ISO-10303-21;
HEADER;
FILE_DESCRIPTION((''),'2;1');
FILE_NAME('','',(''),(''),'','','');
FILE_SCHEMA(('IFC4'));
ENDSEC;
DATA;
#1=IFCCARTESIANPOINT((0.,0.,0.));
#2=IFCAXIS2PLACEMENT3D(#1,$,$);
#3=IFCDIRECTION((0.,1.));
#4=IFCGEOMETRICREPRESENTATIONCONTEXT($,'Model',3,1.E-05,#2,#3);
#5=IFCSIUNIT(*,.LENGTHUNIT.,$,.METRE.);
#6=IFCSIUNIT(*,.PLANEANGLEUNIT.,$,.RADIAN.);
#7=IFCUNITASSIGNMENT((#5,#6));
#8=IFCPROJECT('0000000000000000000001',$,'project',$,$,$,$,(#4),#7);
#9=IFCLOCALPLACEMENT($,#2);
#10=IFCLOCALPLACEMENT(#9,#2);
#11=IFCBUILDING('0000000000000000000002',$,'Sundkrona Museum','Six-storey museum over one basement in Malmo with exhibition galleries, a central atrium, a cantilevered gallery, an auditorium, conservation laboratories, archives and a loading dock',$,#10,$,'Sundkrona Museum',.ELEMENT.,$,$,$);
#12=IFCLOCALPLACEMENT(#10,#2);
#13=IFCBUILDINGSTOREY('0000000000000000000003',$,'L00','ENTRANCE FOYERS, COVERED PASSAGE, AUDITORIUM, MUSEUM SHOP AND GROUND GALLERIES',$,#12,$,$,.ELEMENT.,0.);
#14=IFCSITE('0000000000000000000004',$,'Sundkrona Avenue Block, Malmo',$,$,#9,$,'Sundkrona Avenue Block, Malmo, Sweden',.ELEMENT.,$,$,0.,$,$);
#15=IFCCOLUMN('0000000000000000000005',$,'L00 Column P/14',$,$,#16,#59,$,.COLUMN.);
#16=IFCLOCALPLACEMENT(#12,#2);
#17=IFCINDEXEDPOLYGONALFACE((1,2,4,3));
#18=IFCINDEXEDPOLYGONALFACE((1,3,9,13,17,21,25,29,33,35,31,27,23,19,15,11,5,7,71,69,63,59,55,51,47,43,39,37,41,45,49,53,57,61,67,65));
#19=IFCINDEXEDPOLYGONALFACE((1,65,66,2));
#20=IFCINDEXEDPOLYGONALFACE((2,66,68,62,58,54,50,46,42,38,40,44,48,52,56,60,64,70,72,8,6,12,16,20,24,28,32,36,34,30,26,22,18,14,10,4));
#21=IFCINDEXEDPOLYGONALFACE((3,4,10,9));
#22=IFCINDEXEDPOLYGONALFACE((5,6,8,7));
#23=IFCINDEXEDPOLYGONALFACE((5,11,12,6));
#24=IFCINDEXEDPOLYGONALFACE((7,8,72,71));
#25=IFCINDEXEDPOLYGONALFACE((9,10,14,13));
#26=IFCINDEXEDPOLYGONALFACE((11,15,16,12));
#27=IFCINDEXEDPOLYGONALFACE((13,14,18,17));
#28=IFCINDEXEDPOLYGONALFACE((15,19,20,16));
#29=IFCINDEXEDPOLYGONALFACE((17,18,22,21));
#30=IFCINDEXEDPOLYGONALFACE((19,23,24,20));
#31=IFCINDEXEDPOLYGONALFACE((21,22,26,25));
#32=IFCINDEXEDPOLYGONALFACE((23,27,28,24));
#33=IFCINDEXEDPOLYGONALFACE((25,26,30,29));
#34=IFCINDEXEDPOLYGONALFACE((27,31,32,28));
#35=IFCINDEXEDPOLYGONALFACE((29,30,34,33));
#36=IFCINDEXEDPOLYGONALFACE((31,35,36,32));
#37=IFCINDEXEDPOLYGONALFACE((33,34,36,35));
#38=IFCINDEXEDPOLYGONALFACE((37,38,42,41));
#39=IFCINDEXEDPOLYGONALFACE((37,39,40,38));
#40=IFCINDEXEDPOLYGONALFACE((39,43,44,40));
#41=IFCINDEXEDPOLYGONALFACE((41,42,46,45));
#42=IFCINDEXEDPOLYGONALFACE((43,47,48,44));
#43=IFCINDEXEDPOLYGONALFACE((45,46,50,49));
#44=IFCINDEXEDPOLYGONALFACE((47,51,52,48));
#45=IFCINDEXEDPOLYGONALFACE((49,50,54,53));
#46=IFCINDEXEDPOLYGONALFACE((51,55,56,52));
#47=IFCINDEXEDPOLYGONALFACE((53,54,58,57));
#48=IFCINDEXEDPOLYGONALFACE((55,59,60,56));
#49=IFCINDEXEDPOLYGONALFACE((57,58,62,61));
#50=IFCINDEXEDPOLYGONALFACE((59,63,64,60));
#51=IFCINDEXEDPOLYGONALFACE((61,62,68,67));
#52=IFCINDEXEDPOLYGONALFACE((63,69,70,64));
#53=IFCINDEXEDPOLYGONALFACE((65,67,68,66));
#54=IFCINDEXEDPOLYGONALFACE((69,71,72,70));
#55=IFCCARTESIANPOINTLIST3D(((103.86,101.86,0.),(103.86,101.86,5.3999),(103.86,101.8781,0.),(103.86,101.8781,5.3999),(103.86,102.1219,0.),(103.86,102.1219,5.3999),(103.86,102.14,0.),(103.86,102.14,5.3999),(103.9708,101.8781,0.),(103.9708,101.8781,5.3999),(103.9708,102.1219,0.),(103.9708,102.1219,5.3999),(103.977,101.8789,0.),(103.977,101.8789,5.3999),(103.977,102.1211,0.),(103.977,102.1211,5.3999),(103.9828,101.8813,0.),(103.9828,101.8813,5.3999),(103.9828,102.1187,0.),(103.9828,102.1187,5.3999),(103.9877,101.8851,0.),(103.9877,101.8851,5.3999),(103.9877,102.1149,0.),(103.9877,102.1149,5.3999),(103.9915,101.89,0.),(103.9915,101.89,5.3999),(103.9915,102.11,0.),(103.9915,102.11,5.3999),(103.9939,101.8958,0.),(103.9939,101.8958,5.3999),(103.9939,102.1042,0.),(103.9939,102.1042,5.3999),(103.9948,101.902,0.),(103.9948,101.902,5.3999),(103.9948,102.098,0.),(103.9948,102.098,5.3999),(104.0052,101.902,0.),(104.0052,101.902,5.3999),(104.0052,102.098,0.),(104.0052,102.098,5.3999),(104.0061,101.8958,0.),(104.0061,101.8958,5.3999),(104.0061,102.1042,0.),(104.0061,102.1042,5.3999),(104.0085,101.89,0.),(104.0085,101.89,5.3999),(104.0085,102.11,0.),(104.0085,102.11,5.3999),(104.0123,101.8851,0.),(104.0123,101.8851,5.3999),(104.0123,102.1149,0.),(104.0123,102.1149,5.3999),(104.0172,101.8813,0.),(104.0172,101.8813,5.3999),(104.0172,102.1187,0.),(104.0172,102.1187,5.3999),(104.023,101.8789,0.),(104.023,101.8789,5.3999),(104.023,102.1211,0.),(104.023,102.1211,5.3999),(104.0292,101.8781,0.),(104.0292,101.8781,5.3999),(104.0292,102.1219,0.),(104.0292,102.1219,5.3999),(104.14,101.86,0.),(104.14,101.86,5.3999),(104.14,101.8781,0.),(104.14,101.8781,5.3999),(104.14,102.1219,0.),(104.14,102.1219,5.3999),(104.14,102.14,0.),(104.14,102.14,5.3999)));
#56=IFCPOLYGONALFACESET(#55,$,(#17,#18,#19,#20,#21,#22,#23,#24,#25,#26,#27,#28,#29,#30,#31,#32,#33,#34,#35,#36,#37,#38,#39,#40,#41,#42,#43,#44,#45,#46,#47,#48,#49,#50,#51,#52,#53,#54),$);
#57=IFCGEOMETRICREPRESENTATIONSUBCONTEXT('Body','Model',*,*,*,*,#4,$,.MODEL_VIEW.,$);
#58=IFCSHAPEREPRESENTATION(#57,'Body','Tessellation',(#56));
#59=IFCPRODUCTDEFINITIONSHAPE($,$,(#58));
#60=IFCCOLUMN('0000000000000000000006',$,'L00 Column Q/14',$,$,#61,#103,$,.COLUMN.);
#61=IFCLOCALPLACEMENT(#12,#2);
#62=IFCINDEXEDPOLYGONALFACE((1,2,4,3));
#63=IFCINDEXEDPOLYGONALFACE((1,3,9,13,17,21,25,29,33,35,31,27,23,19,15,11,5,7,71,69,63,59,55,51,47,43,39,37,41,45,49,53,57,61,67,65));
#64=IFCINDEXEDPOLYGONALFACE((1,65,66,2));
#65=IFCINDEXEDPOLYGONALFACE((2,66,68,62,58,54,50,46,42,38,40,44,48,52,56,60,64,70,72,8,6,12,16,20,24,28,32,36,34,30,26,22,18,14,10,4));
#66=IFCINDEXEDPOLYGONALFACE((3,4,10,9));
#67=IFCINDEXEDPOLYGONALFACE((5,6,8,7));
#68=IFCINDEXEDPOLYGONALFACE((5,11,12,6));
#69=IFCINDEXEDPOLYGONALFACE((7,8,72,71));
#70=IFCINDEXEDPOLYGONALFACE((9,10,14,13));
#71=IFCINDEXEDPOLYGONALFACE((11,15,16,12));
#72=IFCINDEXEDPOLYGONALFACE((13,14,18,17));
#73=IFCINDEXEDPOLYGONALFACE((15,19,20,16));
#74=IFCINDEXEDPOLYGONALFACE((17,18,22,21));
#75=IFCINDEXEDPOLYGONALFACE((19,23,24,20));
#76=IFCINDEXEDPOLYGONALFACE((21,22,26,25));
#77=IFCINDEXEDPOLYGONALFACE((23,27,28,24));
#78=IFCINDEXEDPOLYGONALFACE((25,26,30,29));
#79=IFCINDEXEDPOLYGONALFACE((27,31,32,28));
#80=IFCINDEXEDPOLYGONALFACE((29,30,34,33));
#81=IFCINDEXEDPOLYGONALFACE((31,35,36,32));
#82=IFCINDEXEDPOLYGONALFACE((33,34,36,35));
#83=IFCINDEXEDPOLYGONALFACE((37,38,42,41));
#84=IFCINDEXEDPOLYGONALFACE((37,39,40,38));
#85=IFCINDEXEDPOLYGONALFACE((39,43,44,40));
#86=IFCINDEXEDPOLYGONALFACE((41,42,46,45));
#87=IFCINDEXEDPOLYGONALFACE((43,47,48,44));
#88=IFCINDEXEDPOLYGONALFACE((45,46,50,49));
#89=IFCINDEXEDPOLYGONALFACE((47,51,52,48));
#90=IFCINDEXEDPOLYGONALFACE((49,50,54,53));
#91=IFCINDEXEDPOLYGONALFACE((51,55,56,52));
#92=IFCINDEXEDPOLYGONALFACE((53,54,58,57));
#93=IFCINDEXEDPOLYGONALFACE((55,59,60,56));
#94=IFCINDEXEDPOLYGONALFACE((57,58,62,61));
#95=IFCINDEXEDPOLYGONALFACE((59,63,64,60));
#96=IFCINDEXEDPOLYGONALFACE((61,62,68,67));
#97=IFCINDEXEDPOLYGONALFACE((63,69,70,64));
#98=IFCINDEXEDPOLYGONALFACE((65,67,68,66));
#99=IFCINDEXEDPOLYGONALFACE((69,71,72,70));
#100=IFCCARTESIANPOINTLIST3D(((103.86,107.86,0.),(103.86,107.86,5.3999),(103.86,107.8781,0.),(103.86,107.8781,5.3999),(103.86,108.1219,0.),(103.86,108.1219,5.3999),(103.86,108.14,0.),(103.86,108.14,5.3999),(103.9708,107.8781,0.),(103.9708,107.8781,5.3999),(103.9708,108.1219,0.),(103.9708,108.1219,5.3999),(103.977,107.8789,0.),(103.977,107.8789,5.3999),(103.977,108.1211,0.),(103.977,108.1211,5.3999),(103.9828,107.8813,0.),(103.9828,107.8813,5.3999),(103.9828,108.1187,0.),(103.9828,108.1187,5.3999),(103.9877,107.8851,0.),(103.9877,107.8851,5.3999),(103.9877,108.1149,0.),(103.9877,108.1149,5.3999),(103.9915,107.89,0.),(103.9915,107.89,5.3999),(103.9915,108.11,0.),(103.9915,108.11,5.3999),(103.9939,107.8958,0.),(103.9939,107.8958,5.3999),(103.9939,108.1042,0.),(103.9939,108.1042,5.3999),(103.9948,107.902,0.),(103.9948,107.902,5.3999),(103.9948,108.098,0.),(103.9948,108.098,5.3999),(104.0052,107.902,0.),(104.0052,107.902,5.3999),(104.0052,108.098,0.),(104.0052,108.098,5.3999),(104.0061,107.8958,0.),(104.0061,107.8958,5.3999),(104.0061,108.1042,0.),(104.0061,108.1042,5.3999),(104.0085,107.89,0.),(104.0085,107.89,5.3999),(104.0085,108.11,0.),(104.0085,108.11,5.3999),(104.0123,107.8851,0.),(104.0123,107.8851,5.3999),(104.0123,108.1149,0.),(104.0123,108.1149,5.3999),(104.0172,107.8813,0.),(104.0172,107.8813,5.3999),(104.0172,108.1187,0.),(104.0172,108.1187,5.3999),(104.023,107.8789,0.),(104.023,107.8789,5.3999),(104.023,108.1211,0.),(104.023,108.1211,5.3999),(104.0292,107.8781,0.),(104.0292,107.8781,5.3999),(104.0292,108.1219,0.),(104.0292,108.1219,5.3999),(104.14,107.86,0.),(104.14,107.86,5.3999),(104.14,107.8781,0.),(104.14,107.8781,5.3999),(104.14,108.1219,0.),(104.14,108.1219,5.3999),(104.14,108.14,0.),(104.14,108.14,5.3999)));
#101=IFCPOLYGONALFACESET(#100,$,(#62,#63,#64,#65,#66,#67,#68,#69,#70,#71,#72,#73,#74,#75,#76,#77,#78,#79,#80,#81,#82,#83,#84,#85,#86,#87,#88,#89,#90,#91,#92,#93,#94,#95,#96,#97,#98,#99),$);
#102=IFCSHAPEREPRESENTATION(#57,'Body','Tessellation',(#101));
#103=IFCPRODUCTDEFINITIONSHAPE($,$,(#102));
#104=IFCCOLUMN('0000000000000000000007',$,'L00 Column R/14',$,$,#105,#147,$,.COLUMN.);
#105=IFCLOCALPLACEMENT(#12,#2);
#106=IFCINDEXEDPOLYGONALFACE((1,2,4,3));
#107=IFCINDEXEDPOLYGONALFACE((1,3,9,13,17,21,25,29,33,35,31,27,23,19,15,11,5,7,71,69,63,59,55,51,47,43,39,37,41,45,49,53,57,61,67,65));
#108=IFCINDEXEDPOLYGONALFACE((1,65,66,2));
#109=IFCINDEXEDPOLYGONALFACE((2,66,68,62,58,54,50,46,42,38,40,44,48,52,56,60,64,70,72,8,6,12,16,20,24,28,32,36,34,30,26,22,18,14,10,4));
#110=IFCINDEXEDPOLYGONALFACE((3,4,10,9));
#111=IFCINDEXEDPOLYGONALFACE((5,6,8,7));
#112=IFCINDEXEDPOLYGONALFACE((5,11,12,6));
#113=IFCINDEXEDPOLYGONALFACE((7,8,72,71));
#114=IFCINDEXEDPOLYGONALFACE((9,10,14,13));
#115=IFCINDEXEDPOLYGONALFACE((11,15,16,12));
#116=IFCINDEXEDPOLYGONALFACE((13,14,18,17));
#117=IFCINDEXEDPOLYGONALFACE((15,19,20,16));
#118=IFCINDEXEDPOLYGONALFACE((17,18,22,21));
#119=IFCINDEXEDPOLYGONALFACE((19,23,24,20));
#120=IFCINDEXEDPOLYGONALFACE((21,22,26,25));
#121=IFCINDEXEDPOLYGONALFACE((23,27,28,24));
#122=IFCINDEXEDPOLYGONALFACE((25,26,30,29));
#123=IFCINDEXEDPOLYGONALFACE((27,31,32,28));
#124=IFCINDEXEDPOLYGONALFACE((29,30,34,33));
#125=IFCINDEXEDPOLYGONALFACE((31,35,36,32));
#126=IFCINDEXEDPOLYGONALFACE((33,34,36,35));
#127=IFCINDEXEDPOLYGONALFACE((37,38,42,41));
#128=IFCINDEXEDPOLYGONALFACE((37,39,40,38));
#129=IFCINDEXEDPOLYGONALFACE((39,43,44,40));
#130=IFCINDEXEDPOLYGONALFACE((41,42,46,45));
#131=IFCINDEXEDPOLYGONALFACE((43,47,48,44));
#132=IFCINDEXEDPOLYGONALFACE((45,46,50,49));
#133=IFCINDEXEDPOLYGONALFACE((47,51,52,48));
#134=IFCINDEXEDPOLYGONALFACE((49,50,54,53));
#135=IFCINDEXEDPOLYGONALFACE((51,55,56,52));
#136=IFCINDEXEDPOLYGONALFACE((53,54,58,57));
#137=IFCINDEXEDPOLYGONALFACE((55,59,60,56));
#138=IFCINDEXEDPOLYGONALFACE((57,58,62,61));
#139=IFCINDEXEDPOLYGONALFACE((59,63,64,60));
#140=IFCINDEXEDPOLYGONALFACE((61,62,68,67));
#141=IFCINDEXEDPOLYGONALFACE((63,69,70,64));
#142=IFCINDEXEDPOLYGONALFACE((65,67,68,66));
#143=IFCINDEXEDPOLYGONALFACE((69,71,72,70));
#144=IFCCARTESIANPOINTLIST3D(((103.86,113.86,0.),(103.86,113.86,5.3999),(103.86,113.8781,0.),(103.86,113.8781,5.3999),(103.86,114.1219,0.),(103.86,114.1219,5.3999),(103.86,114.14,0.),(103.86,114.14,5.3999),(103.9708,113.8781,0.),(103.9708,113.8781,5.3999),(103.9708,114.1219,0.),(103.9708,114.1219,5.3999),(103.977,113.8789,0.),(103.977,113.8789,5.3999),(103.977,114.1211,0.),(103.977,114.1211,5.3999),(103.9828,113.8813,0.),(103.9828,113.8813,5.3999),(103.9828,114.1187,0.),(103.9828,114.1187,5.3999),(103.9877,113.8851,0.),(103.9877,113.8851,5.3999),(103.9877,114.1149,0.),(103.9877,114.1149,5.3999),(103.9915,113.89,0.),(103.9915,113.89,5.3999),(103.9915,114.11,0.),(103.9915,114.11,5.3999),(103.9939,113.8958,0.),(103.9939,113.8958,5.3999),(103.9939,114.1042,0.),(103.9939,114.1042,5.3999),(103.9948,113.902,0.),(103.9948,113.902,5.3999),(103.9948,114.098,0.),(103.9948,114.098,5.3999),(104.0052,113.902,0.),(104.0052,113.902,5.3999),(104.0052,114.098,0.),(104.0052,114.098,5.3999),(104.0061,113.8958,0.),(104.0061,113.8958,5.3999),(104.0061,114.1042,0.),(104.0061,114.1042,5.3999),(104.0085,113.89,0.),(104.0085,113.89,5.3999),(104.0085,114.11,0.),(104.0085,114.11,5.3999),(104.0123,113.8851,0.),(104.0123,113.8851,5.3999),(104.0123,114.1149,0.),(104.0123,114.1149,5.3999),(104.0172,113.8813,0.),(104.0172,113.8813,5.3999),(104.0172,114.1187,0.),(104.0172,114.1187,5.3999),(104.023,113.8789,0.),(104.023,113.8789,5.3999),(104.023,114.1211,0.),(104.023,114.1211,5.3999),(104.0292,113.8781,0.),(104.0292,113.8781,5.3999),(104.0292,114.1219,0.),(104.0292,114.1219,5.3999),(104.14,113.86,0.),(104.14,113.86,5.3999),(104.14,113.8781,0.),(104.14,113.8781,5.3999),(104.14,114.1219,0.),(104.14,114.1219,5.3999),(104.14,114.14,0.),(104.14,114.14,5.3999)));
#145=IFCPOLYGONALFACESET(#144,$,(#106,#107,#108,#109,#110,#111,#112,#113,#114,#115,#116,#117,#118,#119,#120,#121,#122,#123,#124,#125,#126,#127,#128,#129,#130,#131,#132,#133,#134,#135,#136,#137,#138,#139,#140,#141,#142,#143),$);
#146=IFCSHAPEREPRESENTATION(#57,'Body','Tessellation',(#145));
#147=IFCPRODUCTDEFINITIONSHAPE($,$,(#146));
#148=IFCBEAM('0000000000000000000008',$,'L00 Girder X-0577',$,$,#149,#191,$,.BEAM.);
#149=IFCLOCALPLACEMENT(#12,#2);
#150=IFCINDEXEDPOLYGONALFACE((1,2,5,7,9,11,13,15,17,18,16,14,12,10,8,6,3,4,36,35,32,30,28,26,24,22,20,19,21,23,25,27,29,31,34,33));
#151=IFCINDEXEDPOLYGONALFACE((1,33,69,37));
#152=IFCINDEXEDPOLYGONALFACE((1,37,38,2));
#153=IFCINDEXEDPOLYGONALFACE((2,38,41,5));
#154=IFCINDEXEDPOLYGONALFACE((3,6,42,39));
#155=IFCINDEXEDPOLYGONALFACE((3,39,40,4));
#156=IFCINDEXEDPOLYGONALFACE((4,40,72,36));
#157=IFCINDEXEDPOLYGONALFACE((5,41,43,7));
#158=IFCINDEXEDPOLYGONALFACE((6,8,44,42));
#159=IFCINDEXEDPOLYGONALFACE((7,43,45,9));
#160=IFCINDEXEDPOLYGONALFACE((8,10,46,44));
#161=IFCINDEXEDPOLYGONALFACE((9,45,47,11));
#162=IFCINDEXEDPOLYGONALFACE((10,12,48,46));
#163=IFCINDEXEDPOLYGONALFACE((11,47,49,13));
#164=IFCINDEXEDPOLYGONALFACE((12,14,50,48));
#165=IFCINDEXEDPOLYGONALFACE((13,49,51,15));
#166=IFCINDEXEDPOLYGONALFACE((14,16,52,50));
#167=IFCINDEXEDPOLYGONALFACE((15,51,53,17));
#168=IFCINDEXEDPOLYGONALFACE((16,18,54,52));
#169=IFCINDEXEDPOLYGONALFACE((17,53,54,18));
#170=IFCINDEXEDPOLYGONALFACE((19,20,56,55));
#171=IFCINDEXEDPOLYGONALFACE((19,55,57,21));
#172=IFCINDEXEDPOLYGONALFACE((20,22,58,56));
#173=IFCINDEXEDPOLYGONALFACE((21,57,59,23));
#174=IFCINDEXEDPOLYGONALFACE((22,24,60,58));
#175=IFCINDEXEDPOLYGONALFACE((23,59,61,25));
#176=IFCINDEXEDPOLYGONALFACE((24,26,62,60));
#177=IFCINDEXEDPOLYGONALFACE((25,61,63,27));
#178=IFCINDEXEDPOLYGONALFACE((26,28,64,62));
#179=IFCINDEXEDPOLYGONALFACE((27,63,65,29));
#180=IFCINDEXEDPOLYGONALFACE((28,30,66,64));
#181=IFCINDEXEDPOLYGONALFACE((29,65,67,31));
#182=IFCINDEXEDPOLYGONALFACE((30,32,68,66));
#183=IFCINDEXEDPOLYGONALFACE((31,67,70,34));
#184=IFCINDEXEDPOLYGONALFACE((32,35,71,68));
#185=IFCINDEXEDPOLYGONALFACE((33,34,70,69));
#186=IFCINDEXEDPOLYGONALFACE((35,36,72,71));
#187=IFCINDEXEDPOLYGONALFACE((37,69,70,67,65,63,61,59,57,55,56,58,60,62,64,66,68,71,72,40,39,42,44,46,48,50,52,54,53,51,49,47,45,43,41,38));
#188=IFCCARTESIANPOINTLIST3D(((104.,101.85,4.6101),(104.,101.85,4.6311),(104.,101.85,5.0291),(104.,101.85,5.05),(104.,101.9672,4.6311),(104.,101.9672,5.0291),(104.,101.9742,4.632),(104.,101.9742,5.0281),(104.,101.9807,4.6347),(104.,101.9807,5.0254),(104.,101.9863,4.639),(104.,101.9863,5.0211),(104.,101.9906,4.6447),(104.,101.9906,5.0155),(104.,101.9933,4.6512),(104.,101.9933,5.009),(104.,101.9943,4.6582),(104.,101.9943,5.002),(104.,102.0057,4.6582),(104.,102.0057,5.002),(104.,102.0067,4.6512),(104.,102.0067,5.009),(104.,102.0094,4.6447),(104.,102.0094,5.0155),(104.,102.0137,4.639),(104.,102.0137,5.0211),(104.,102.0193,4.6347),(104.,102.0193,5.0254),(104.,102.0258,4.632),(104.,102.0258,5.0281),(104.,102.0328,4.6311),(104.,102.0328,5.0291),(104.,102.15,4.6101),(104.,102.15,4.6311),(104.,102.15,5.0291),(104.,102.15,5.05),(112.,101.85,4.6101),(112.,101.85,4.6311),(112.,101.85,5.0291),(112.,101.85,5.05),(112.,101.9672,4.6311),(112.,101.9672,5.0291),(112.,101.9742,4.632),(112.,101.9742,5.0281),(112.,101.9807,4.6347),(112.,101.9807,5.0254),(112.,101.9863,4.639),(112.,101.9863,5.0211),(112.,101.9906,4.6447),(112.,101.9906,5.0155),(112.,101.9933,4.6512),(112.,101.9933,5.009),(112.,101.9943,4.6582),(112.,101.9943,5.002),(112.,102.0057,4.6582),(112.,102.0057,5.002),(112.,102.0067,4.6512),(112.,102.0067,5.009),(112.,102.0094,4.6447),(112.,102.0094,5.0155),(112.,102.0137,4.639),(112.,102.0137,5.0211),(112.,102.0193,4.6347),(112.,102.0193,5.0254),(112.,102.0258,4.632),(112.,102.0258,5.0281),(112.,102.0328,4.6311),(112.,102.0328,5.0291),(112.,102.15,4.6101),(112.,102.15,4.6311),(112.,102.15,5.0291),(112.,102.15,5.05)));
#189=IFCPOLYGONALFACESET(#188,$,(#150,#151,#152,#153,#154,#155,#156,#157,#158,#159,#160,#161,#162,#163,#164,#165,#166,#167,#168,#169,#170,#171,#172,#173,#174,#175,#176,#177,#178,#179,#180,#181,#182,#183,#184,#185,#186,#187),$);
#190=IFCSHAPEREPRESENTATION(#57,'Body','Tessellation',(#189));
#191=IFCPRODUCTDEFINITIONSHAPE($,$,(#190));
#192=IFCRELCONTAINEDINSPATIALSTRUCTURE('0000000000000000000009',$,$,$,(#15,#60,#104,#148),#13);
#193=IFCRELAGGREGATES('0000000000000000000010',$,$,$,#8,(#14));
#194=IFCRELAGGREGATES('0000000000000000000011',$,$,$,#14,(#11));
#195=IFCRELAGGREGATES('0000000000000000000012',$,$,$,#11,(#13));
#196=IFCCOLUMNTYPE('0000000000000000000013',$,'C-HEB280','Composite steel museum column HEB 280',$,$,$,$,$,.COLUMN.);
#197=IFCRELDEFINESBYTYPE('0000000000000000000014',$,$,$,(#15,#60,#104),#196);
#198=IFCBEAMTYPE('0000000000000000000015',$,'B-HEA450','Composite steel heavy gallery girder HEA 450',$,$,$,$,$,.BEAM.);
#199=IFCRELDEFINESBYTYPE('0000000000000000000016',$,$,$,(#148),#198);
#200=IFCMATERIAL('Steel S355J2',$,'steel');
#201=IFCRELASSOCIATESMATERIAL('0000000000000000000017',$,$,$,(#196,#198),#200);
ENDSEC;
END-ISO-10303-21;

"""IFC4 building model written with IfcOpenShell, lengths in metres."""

from ifc_helpers import new_model, si_unit, direction, frame, origin, origin_2d, place, context, subcontext, project, spatial, i_section, extrude, material, material_profile, profile_set, type_object, element, save


model = new_model("IFC4")

# Units and contexts
model_context = context("Model", 3, precision=1e-05, world=origin(), true_north=direction((0.0, 1.0)))
body_context = subcontext(model_context, "Body", "Model", "MODEL_VIEW")
ifc_project = project(units=[si_unit("LENGTHUNIT", "METRE"), si_unit("PLANEANGLEUNIT", "RADIAN")], contexts=[model_context])

# Site, building, storey
site_placement = place(None, origin())
site = spatial("IfcSite", under=ifc_project, at=site_placement, Name="Sundkrona Avenue Block, Malmo", LongName="Sundkrona Avenue Block, Malmo, Sweden", CompositionType="ELEMENT", RefElevation=0.0)
building_placement = place(site_placement, origin())
building = spatial("IfcBuilding", under=site, at=building_placement, Name="Sundkrona Museum", Description="Six-storey museum over one basement in Malmo with exhibition galleries, a central atrium, a cantilevered gallery, an auditorium, conservation laboratories, archives and a loading dock", LongName="Sundkrona Museum", CompositionType="ELEMENT")
storey_placement = place(building_placement, origin())
storey = spatial("IfcBuildingStorey", under=building, at=storey_placement, Name="L00", Description="ENTRANCE FOYERS, COVERED PASSAGE, AUDITORIUM, MUSEUM SHOP AND GROUND GALLERIES", CompositionType="ELEMENT", Elevation=0.0)

# Columns
ifc_material_1 = material(Name="Steel S355J2", Category="steel")
ifc_material_profile_1 = material_profile(ifc_material_1, i_section(OverallWidth=0.28, OverallDepth=0.28, WebThickness=0.0105, FlangeThickness=0.0181, FilletRadius=0.0239, at=origin_2d()), Name="HEB 280")
ifc_profile_set_1 = profile_set([ifc_material_profile_1], Name="Steel S355J2")
column_type = type_object("IfcColumnType", Name="C-HEB280", Description="Composite steel museum column HEB 280", PredefinedType="COLUMN", material=ifc_profile_set_1)
for number, where, z_axis, x_axis, name in (
    (1, (104.0, 102.0, 0.0), (0.0, 0.0, 1.0), (1.0, 0.0, 0.0), "L00 Column P/14"),
    (2, (104.0, 108.0, 0.0), (0.0, 0.0, 1.0), (1.0, 0.0, 0.0), "L00 Column Q/14"),
    (3, (104.0, 114.0, 0.0), (0.0, 0.0, 1.0), (1.0, 0.0, 0.0), "L00 Column R/14"),
):
    element("IfcColumn", number, at=place(storey_placement, frame(where, z_axis=z_axis, x_axis=x_axis)), inside=storey, type_object=column_type, Name=name, PredefinedType="COLUMN", context=body_context, shape_type="SweptSolid", body=[
        extrude(i_section(OverallWidth=0.28, OverallDepth=0.28, WebThickness=0.0105, FlangeThickness=0.0181, FilletRadius=0.0239, at=origin_2d()), origin(), (0.0, 0.0, 1.0), 5.3999),
    ])

# Beam
ifc_material_profile_2 = material_profile(ifc_material_1, i_section(OverallWidth=0.3, OverallDepth=0.4399, WebThickness=0.0115, FlangeThickness=0.021, FilletRadius=0.0271, at=origin_2d()), Name="HEA 450")
ifc_profile_set_2 = profile_set([ifc_material_profile_2], Name="Steel S355J2")
beam_type_1 = type_object("IfcBeamType", Name="B-HEA450", Description="Composite steel heavy gallery girder HEA 450", PredefinedType="BEAM", material=ifc_profile_set_2)
for number, where, z_axis, x_axis, name in (
    (4, (104.0, 102.0, 4.8301), (1.0, 0.0, 0.0), (0.0, 1.0, 0.0), "L00 Girder X-0577"),
):
    element("IfcBeam", number, at=place(storey_placement, frame(where, z_axis=z_axis, x_axis=x_axis)), inside=storey, type_object=beam_type_1, Name=name, PredefinedType="BEAM", context=body_context, shape_type="SweptSolid", body=[
        extrude(i_section(OverallWidth=0.3, OverallDepth=0.4399, WebThickness=0.0115, FlangeThickness=0.021, FilletRadius=0.0271, at=origin_2d()), origin(), (0.0, 0.0, 1.0), 8.0),
    ])

save(model, "model.ifc")
